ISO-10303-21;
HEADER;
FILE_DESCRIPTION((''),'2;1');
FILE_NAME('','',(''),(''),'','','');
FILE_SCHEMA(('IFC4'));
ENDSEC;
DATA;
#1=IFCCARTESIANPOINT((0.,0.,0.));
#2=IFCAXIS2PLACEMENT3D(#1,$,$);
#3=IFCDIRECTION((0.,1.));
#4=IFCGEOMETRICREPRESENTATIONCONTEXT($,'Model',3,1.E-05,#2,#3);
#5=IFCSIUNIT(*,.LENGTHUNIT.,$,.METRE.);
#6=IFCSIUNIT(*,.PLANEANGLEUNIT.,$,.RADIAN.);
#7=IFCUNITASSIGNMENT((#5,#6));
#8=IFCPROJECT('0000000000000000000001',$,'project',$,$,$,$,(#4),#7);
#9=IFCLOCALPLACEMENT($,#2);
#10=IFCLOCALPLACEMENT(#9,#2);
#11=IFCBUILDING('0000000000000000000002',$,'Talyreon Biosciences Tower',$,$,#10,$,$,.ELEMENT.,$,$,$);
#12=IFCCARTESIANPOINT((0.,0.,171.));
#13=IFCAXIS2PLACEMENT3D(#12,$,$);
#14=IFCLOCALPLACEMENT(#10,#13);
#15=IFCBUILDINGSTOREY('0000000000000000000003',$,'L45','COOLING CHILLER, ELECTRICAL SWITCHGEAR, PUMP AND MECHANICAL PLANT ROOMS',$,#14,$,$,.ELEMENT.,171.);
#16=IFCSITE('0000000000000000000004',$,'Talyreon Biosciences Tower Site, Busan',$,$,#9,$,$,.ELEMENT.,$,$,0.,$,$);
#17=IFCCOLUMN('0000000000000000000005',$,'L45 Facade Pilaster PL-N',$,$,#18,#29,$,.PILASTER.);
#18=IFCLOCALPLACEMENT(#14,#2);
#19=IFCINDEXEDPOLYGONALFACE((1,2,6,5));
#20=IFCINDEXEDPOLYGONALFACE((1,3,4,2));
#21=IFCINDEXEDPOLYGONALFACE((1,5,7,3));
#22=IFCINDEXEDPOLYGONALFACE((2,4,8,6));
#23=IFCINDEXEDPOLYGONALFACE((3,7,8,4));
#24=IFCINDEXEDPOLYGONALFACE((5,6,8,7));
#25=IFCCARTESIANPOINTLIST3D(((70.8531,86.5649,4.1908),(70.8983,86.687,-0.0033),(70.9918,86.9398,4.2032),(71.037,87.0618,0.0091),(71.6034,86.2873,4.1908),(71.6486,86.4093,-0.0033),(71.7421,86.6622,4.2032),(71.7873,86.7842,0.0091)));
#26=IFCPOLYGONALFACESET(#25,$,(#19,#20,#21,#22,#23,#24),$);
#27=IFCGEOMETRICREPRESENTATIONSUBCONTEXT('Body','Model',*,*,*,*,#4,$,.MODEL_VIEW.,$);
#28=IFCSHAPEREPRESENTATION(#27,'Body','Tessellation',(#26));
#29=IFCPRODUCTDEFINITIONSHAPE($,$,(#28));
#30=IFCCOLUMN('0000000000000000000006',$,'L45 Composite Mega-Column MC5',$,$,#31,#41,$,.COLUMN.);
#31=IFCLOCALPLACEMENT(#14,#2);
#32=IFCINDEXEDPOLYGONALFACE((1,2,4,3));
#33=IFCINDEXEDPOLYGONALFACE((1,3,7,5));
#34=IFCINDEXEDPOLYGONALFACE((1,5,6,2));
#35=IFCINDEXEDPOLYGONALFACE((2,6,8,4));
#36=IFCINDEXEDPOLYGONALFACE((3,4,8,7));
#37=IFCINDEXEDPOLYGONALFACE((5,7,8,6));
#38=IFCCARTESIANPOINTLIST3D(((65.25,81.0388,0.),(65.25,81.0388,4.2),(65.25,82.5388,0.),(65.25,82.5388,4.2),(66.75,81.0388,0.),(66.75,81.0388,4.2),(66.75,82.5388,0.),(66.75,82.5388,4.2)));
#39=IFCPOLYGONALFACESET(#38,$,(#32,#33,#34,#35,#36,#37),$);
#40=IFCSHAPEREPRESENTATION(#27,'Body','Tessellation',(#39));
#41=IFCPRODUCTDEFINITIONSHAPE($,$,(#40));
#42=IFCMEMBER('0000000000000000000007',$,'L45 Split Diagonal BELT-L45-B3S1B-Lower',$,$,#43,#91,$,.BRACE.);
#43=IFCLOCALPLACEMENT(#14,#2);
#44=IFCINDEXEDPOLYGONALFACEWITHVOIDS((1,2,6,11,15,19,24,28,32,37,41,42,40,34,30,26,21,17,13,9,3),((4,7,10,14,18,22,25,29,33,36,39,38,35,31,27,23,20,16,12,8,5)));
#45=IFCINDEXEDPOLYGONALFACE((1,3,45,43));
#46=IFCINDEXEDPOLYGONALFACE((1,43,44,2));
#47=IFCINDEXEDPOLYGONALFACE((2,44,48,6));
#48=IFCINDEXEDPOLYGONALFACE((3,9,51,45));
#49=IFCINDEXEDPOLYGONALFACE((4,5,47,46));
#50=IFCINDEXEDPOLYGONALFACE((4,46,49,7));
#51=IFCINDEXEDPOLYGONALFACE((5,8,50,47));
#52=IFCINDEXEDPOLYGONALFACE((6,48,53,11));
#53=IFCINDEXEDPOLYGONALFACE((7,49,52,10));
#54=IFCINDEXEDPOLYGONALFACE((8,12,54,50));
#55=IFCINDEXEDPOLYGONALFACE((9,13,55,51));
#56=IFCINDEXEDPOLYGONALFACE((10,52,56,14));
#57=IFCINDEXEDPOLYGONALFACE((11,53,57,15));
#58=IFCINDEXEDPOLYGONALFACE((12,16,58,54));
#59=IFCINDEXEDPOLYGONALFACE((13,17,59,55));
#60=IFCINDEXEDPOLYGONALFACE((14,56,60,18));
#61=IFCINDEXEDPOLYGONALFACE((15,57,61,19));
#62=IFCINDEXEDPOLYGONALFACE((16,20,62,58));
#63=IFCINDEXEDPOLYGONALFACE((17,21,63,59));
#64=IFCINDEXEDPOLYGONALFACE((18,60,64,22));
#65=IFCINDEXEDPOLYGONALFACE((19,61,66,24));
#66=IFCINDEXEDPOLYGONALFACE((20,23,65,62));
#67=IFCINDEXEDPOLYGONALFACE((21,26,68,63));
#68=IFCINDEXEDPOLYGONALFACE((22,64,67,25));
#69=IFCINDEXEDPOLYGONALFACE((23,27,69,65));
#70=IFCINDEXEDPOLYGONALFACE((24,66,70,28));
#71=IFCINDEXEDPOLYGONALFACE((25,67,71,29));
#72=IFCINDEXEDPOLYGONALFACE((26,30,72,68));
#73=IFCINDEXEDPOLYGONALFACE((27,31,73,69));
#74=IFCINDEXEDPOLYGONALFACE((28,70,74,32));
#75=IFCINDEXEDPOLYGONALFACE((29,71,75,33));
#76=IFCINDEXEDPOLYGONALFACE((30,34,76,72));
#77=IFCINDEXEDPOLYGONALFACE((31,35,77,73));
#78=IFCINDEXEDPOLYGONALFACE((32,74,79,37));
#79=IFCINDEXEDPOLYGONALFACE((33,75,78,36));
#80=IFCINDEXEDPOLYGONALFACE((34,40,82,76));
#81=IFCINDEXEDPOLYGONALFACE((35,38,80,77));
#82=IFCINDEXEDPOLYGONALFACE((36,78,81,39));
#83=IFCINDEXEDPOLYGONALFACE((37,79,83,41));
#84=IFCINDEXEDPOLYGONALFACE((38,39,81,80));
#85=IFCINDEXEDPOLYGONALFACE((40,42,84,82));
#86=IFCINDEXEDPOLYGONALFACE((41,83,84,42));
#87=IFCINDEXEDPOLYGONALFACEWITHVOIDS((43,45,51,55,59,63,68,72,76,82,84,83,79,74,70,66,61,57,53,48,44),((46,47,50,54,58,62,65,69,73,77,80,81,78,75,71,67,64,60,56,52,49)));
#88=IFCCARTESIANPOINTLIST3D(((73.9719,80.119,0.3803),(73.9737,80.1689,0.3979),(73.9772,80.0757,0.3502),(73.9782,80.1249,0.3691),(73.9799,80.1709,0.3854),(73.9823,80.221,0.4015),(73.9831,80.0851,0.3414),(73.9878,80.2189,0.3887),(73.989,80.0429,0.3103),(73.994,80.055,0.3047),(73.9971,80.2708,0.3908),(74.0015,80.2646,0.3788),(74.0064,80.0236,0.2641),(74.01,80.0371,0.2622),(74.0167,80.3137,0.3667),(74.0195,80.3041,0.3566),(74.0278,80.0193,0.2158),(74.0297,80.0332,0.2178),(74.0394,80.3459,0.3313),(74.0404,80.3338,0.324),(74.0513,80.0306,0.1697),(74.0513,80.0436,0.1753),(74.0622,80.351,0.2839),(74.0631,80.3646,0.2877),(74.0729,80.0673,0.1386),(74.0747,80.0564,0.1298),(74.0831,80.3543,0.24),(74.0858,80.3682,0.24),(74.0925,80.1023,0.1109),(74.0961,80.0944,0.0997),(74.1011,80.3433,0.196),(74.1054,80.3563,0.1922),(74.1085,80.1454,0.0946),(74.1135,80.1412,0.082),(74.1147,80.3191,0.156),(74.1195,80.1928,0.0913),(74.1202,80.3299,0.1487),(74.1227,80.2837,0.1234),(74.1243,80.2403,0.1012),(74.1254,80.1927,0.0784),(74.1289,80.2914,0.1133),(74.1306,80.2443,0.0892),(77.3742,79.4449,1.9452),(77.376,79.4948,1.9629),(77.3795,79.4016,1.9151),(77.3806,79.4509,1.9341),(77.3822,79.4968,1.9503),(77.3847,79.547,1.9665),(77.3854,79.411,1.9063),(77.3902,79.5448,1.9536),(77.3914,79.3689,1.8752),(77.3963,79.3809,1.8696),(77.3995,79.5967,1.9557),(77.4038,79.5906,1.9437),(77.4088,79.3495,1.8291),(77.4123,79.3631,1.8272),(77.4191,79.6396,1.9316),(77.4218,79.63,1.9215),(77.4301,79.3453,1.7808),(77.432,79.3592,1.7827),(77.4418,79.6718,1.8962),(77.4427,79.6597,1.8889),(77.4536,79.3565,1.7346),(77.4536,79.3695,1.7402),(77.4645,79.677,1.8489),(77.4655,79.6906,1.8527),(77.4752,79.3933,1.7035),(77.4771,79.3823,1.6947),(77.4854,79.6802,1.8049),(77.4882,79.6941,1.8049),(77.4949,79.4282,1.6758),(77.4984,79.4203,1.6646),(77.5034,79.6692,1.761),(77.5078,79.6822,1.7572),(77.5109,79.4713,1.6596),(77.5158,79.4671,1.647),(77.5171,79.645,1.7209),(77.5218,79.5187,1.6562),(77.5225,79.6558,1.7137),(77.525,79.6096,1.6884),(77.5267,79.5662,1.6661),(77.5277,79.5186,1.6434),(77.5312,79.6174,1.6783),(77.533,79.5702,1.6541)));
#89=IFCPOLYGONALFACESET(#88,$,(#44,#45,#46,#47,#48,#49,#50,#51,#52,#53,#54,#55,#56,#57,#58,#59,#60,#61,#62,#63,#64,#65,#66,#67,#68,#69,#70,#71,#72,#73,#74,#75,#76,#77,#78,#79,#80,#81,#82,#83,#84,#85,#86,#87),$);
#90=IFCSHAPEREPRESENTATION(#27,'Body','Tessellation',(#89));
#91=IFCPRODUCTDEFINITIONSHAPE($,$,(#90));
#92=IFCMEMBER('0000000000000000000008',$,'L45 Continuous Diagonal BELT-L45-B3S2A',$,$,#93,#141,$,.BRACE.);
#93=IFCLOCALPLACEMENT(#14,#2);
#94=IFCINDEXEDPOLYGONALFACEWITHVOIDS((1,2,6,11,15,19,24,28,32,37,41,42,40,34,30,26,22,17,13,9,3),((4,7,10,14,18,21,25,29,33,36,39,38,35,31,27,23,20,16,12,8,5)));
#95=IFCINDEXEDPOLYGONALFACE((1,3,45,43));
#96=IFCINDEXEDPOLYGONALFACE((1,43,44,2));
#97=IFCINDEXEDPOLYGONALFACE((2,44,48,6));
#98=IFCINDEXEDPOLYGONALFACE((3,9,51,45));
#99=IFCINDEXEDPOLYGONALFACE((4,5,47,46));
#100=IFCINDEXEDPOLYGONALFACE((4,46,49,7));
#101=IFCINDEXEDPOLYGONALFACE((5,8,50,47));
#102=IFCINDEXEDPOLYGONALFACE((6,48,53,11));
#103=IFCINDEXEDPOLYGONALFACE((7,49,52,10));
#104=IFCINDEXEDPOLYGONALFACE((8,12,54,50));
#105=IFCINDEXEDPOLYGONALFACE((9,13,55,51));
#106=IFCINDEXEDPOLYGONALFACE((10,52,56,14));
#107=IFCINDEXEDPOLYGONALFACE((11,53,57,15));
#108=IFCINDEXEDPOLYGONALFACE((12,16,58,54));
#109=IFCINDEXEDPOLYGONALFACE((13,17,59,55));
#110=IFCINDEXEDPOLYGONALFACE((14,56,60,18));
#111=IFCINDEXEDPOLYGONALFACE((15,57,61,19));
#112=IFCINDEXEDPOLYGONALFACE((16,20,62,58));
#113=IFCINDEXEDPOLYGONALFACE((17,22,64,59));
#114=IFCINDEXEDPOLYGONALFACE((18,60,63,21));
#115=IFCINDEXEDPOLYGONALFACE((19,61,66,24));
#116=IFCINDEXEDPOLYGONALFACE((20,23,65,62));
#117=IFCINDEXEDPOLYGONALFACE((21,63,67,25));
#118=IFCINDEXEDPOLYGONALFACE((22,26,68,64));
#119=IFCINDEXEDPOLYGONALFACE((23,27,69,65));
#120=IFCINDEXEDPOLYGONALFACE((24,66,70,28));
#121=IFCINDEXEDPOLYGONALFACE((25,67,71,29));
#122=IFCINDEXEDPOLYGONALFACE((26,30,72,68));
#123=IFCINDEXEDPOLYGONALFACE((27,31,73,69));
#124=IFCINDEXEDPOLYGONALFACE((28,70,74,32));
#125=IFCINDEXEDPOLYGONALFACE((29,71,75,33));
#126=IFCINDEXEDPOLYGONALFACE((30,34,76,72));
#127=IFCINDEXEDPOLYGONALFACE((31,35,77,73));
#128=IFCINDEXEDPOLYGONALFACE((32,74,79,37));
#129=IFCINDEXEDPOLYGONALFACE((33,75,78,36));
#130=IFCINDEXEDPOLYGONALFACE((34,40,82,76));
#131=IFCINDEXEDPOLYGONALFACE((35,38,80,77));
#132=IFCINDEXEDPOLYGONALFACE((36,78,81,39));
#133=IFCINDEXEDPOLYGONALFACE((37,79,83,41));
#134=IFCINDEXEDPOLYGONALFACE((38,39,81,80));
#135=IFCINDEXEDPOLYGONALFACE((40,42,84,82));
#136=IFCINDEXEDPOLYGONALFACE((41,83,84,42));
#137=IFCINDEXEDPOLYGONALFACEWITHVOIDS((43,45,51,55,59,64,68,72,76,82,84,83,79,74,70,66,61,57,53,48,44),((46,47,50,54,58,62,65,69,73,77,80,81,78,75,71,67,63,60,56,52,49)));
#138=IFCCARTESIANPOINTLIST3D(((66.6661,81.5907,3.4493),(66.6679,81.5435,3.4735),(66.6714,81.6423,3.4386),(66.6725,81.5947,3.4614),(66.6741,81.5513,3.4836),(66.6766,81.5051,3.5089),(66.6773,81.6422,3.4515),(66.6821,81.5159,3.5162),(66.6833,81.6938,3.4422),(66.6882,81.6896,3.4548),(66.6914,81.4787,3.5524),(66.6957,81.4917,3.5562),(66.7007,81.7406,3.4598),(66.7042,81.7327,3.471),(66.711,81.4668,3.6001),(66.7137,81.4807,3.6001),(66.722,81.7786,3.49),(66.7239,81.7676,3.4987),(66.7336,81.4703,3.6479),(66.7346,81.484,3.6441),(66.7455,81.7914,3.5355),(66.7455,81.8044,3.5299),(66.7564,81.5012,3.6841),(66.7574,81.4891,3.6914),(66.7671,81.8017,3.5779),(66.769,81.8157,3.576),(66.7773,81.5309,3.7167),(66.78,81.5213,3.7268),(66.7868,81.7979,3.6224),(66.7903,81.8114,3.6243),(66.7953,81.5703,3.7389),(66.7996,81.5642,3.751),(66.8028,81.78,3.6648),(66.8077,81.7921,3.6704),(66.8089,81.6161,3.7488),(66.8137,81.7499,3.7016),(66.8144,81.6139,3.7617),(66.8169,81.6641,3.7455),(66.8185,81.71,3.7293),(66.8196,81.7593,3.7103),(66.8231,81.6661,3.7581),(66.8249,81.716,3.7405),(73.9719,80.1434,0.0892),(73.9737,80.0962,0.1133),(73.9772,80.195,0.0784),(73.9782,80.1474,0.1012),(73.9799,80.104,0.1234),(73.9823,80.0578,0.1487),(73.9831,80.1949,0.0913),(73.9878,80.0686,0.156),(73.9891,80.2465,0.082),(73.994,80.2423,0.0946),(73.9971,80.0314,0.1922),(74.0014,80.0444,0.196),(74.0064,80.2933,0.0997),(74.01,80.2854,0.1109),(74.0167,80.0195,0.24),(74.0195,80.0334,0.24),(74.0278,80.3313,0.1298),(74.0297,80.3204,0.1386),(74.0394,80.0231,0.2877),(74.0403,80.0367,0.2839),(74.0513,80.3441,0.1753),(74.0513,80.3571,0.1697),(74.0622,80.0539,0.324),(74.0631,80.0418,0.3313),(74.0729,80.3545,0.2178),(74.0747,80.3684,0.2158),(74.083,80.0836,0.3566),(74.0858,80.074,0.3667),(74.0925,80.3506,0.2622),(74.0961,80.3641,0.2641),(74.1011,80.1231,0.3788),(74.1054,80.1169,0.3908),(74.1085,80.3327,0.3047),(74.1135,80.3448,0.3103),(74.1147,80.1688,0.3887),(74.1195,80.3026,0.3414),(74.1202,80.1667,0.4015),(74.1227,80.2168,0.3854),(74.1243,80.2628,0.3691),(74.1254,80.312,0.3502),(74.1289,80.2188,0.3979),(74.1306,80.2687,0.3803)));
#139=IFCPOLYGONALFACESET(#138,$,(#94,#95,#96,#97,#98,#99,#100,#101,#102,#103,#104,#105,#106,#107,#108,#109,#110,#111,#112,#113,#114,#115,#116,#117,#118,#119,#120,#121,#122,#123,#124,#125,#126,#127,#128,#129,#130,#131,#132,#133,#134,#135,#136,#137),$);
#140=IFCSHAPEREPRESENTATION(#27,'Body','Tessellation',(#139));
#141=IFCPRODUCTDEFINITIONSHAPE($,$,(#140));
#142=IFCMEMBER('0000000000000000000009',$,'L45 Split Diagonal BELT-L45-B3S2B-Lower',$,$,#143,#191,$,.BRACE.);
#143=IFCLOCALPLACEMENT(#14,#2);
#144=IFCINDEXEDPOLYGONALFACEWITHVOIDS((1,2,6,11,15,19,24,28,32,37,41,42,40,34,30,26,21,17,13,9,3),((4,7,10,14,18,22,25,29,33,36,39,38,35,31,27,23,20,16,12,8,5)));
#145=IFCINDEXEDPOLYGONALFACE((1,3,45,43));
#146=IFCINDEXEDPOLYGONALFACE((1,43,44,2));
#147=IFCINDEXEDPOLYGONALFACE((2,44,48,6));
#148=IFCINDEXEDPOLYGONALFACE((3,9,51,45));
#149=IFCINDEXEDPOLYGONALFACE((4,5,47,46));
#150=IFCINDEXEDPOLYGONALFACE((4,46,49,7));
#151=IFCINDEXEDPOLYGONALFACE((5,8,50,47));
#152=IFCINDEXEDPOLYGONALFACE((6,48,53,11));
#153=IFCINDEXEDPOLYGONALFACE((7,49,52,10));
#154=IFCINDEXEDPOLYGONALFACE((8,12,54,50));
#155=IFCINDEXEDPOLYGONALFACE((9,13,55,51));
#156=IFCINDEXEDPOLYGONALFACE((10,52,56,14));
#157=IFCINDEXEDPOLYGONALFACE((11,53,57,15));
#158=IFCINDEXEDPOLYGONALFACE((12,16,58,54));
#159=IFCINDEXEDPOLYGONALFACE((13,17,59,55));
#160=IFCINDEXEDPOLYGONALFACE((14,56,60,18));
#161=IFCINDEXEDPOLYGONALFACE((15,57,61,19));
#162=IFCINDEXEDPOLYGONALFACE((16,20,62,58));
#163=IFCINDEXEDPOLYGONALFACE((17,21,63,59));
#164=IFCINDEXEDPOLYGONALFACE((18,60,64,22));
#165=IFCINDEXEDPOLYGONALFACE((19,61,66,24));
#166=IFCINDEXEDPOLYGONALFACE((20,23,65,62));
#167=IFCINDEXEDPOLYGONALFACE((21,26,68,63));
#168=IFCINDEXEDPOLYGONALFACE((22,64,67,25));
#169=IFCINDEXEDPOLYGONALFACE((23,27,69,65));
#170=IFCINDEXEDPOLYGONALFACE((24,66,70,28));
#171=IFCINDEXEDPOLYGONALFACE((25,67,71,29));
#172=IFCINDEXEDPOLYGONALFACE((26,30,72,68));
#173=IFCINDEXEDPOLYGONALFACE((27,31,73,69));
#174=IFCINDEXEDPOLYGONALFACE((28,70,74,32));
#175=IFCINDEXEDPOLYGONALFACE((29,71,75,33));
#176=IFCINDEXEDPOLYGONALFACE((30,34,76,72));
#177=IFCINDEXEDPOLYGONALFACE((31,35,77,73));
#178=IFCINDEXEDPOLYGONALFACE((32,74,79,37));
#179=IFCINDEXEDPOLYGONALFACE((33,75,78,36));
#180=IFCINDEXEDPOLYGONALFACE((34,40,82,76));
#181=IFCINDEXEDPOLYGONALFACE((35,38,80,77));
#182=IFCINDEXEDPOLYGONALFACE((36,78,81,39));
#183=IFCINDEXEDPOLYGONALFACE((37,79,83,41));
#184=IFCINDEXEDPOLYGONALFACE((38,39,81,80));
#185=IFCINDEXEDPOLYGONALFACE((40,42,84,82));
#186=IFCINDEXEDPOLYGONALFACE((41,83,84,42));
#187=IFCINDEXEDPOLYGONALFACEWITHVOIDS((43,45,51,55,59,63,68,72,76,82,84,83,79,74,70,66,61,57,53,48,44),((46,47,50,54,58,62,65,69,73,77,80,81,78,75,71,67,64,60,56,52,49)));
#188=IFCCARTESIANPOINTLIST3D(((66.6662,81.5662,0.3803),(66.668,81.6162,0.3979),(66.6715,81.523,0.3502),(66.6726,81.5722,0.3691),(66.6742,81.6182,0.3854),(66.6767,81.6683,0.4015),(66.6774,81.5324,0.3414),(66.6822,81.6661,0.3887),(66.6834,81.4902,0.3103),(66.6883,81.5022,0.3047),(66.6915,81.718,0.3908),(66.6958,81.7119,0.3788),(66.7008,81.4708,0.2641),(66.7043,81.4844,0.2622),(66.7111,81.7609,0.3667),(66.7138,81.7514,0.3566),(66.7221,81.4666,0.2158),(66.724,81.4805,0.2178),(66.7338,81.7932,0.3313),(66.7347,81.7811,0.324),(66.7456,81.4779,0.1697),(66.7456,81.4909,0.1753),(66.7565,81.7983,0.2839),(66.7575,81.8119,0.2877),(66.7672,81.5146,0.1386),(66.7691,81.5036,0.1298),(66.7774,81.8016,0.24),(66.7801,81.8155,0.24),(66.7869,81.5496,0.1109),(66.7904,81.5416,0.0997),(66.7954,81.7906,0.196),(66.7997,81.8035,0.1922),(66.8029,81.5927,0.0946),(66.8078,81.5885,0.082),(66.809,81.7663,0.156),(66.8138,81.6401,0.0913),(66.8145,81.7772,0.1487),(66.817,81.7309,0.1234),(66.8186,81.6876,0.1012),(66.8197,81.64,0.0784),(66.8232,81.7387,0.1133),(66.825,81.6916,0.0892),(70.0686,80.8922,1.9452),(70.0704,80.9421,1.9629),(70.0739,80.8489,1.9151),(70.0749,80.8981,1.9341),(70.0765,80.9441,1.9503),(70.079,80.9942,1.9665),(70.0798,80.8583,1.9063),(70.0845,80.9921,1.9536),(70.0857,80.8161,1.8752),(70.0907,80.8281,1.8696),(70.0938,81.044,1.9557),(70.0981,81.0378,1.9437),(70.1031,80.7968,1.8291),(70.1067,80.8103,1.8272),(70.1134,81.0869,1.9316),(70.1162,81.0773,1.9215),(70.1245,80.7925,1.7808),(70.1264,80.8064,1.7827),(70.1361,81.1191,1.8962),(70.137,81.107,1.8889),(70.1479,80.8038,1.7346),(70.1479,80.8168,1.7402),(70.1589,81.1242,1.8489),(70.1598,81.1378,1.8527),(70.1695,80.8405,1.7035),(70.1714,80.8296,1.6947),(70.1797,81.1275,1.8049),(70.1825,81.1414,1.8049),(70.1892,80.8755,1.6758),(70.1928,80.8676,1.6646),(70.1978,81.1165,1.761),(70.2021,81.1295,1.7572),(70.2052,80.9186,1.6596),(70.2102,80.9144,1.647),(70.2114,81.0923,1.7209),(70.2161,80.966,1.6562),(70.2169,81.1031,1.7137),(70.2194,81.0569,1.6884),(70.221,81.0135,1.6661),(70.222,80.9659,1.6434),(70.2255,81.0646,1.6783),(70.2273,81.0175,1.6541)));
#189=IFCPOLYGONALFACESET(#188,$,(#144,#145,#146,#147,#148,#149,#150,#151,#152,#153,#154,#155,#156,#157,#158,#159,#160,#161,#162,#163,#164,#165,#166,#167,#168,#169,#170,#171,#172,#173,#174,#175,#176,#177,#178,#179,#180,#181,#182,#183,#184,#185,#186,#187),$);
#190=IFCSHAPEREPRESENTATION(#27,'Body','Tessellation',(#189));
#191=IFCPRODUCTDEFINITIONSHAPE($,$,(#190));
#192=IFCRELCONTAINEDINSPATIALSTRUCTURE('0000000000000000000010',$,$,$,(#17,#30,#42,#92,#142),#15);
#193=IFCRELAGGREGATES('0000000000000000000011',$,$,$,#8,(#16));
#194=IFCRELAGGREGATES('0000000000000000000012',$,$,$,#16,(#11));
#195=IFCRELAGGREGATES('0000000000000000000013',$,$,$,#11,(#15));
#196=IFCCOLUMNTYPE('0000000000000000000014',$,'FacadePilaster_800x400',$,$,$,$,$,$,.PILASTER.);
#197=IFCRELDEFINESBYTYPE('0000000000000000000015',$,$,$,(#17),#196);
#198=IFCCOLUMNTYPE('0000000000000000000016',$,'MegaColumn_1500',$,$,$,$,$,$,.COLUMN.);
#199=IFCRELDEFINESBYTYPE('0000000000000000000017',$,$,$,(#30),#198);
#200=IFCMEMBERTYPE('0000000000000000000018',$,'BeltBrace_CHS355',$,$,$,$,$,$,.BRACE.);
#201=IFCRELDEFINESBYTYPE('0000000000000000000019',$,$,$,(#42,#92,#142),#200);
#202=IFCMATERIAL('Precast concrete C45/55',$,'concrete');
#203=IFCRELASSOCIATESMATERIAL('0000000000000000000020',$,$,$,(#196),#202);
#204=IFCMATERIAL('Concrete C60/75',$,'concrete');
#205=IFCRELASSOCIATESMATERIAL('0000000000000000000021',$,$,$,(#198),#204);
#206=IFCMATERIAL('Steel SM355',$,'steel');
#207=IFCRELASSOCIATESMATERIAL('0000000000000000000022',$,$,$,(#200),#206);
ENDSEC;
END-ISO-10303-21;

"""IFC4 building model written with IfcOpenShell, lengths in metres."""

from ifc_helpers import new_model, si_unit, direction, frame, origin, origin_2d, place, context, subcontext, project, spatial, rectangle, hollow_circle, extrude, material, material_profile, profile_set, type_object, element, save


model = new_model("IFC4")

# Units and contexts
model_context = context("Model", 3, precision=1e-05, world=origin(), true_north=direction((0.0, 1.0)))
body_context = subcontext(model_context, "Body", "Model", "MODEL_VIEW")
ifc_project = project(units=[si_unit("LENGTHUNIT", "METRE"), si_unit("PLANEANGLEUNIT", "RADIAN")], contexts=[model_context])

# Site, building, storey
site_placement = place(None, origin())
site = spatial("IfcSite", under=ifc_project, at=site_placement, Name="Talyreon Biosciences Tower Site, Busan", CompositionType="ELEMENT", RefElevation=0.0)
building_placement = place(site_placement, origin())
building = spatial("IfcBuilding", under=site, at=building_placement, Name="Talyreon Biosciences Tower", CompositionType="ELEMENT")
storey_placement = place(building_placement, frame((0.0, 0.0, 171.0)))
storey = spatial("IfcBuildingStorey", under=building, at=storey_placement, Name="L45", Description="COOLING CHILLER, ELECTRICAL SWITCHGEAR, PUMP AND MECHANICAL PLANT ROOMS", CompositionType="ELEMENT", Elevation=171.0)

# Columns
ifc_material_1 = material(Name="Precast concrete C45/55", Category="concrete")
ifc_material_profile_1 = material_profile(ifc_material_1, rectangle(XDim=0.8, YDim=0.3999, at=origin_2d()), Name="RC 800x400")
ifc_profile_set_1 = profile_set([ifc_material_profile_1], Name="Precast concrete C45/55")
column_type_1 = type_object("IfcColumnType", Name="FacadePilaster_800x400", PredefinedType="PILASTER", material=ifc_profile_set_1)
column_1_placement = place(storey_placement, frame((71.3428, 86.7356, 0.0029), z_axis=(-0.010764, -0.029091, 0.999519), x_axis=(-0.937862, 0.347009, 0.0)))
element("IfcColumn", 1, at=column_1_placement, inside=storey, type_object=column_type_1, Name="L45 Facade Pilaster PL-N", PredefinedType="PILASTER", context=body_context, shape_type="SweptSolid", body=[
    extrude(rectangle(XDim=0.8, YDim=0.3999, at=origin_2d()), origin(), (0.0, 0.0, 1.0), 4.196),
])
ifc_material_2 = material(Name="Concrete C60/75", Category="concrete")
ifc_material_profile_2 = material_profile(ifc_material_2, rectangle(XDim=1.5, YDim=1.5, at=origin_2d()), Name="RC 1500x1500")
ifc_profile_set_2 = profile_set([ifc_material_profile_2], Name="Concrete C60/75")
column_type_2 = type_object("IfcColumnType", Name="MegaColumn_1500", PredefinedType="COLUMN", material=ifc_profile_set_2)
column_2_placement = place(storey_placement, frame((66.0, 81.7888, 0.0), z_axis=(0.0, 0.0, 1.0), x_axis=(1.0, 0.0, 0.0)))
element("IfcColumn", 2, at=column_2_placement, inside=storey, type_object=column_type_2, Name="L45 Composite Mega-Column MC5", PredefinedType="COLUMN", context=body_context, shape_type="SweptSolid", body=[
    extrude(rectangle(XDim=1.5, YDim=1.5, at=origin_2d()), origin(), (0.0, 0.0, 1.0), 4.2),
])

# Members
ifc_material_3 = material(Name="Steel SM355", Category="steel")
ifc_material_profile_3 = material_profile(ifc_material_3, hollow_circle(Radius=0.1777, WallThickness=0.0142, at=origin_2d()), Name="CHS 355.6x14.2")
ifc_profile_set_3 = profile_set([ifc_material_profile_3], Name="Steel SM355")
member_type_1 = type_object("IfcMemberType", Name="BeltBrace_CHS355", PredefinedType="BRACE", material=ifc_profile_set_3)
member_1_placement = place(storey_placement, frame((74.0513, 80.1938, 0.24), z_axis=(0.894136, -0.177146, 0.411267), x_axis=(0.194343, 0.980934, 0.0)))
element("IfcMember", 3, at=member_1_placement, inside=storey, type_object=member_type_1, Name="L45 Split Diagonal BELT-L45-B3S1B-Lower", PredefinedType="BRACE", context=body_context, shape_type="SweptSolid", body=[
    extrude(hollow_circle(Radius=0.1777, WallThickness=0.0142, at=origin_2d()), origin(), (0.0, 0.0, 1.0), 3.8052),
])
member_2_placement = place(storey_placement, frame((74.0513, 80.1938, 0.24), z_axis=(-0.894148, 0.177132, 0.411247), x_axis=(-0.194325, -0.980937, 0.0)))
element("IfcMember", 4, at=member_2_placement, inside=storey, type_object=member_type_1, Name="L45 Continuous Diagonal BELT-L45-B3S2A", PredefinedType="BRACE", context=body_context, shape_type="SweptSolid", body=[
    extrude(hollow_circle(Radius=0.1777, WallThickness=0.0142, at=origin_2d()), origin(), (0.0, 0.0, 1.0), 8.1707),
])
member_3_placement = place(storey_placement, frame((66.7456, 81.6411, 0.24), z_axis=(0.894136, -0.177146, 0.411267), x_axis=(0.194343, 0.980934, 0.0)))
element("IfcMember", 5, at=member_3_placement, inside=storey, type_object=member_type_1, Name="L45 Split Diagonal BELT-L45-B3S2B-Lower", PredefinedType="BRACE", context=body_context, shape_type="SweptSolid", body=[
    extrude(hollow_circle(Radius=0.1777, WallThickness=0.0142, at=origin_2d()), origin(), (0.0, 0.0, 1.0), 3.8052),
])

save(model, "model.ifc")
